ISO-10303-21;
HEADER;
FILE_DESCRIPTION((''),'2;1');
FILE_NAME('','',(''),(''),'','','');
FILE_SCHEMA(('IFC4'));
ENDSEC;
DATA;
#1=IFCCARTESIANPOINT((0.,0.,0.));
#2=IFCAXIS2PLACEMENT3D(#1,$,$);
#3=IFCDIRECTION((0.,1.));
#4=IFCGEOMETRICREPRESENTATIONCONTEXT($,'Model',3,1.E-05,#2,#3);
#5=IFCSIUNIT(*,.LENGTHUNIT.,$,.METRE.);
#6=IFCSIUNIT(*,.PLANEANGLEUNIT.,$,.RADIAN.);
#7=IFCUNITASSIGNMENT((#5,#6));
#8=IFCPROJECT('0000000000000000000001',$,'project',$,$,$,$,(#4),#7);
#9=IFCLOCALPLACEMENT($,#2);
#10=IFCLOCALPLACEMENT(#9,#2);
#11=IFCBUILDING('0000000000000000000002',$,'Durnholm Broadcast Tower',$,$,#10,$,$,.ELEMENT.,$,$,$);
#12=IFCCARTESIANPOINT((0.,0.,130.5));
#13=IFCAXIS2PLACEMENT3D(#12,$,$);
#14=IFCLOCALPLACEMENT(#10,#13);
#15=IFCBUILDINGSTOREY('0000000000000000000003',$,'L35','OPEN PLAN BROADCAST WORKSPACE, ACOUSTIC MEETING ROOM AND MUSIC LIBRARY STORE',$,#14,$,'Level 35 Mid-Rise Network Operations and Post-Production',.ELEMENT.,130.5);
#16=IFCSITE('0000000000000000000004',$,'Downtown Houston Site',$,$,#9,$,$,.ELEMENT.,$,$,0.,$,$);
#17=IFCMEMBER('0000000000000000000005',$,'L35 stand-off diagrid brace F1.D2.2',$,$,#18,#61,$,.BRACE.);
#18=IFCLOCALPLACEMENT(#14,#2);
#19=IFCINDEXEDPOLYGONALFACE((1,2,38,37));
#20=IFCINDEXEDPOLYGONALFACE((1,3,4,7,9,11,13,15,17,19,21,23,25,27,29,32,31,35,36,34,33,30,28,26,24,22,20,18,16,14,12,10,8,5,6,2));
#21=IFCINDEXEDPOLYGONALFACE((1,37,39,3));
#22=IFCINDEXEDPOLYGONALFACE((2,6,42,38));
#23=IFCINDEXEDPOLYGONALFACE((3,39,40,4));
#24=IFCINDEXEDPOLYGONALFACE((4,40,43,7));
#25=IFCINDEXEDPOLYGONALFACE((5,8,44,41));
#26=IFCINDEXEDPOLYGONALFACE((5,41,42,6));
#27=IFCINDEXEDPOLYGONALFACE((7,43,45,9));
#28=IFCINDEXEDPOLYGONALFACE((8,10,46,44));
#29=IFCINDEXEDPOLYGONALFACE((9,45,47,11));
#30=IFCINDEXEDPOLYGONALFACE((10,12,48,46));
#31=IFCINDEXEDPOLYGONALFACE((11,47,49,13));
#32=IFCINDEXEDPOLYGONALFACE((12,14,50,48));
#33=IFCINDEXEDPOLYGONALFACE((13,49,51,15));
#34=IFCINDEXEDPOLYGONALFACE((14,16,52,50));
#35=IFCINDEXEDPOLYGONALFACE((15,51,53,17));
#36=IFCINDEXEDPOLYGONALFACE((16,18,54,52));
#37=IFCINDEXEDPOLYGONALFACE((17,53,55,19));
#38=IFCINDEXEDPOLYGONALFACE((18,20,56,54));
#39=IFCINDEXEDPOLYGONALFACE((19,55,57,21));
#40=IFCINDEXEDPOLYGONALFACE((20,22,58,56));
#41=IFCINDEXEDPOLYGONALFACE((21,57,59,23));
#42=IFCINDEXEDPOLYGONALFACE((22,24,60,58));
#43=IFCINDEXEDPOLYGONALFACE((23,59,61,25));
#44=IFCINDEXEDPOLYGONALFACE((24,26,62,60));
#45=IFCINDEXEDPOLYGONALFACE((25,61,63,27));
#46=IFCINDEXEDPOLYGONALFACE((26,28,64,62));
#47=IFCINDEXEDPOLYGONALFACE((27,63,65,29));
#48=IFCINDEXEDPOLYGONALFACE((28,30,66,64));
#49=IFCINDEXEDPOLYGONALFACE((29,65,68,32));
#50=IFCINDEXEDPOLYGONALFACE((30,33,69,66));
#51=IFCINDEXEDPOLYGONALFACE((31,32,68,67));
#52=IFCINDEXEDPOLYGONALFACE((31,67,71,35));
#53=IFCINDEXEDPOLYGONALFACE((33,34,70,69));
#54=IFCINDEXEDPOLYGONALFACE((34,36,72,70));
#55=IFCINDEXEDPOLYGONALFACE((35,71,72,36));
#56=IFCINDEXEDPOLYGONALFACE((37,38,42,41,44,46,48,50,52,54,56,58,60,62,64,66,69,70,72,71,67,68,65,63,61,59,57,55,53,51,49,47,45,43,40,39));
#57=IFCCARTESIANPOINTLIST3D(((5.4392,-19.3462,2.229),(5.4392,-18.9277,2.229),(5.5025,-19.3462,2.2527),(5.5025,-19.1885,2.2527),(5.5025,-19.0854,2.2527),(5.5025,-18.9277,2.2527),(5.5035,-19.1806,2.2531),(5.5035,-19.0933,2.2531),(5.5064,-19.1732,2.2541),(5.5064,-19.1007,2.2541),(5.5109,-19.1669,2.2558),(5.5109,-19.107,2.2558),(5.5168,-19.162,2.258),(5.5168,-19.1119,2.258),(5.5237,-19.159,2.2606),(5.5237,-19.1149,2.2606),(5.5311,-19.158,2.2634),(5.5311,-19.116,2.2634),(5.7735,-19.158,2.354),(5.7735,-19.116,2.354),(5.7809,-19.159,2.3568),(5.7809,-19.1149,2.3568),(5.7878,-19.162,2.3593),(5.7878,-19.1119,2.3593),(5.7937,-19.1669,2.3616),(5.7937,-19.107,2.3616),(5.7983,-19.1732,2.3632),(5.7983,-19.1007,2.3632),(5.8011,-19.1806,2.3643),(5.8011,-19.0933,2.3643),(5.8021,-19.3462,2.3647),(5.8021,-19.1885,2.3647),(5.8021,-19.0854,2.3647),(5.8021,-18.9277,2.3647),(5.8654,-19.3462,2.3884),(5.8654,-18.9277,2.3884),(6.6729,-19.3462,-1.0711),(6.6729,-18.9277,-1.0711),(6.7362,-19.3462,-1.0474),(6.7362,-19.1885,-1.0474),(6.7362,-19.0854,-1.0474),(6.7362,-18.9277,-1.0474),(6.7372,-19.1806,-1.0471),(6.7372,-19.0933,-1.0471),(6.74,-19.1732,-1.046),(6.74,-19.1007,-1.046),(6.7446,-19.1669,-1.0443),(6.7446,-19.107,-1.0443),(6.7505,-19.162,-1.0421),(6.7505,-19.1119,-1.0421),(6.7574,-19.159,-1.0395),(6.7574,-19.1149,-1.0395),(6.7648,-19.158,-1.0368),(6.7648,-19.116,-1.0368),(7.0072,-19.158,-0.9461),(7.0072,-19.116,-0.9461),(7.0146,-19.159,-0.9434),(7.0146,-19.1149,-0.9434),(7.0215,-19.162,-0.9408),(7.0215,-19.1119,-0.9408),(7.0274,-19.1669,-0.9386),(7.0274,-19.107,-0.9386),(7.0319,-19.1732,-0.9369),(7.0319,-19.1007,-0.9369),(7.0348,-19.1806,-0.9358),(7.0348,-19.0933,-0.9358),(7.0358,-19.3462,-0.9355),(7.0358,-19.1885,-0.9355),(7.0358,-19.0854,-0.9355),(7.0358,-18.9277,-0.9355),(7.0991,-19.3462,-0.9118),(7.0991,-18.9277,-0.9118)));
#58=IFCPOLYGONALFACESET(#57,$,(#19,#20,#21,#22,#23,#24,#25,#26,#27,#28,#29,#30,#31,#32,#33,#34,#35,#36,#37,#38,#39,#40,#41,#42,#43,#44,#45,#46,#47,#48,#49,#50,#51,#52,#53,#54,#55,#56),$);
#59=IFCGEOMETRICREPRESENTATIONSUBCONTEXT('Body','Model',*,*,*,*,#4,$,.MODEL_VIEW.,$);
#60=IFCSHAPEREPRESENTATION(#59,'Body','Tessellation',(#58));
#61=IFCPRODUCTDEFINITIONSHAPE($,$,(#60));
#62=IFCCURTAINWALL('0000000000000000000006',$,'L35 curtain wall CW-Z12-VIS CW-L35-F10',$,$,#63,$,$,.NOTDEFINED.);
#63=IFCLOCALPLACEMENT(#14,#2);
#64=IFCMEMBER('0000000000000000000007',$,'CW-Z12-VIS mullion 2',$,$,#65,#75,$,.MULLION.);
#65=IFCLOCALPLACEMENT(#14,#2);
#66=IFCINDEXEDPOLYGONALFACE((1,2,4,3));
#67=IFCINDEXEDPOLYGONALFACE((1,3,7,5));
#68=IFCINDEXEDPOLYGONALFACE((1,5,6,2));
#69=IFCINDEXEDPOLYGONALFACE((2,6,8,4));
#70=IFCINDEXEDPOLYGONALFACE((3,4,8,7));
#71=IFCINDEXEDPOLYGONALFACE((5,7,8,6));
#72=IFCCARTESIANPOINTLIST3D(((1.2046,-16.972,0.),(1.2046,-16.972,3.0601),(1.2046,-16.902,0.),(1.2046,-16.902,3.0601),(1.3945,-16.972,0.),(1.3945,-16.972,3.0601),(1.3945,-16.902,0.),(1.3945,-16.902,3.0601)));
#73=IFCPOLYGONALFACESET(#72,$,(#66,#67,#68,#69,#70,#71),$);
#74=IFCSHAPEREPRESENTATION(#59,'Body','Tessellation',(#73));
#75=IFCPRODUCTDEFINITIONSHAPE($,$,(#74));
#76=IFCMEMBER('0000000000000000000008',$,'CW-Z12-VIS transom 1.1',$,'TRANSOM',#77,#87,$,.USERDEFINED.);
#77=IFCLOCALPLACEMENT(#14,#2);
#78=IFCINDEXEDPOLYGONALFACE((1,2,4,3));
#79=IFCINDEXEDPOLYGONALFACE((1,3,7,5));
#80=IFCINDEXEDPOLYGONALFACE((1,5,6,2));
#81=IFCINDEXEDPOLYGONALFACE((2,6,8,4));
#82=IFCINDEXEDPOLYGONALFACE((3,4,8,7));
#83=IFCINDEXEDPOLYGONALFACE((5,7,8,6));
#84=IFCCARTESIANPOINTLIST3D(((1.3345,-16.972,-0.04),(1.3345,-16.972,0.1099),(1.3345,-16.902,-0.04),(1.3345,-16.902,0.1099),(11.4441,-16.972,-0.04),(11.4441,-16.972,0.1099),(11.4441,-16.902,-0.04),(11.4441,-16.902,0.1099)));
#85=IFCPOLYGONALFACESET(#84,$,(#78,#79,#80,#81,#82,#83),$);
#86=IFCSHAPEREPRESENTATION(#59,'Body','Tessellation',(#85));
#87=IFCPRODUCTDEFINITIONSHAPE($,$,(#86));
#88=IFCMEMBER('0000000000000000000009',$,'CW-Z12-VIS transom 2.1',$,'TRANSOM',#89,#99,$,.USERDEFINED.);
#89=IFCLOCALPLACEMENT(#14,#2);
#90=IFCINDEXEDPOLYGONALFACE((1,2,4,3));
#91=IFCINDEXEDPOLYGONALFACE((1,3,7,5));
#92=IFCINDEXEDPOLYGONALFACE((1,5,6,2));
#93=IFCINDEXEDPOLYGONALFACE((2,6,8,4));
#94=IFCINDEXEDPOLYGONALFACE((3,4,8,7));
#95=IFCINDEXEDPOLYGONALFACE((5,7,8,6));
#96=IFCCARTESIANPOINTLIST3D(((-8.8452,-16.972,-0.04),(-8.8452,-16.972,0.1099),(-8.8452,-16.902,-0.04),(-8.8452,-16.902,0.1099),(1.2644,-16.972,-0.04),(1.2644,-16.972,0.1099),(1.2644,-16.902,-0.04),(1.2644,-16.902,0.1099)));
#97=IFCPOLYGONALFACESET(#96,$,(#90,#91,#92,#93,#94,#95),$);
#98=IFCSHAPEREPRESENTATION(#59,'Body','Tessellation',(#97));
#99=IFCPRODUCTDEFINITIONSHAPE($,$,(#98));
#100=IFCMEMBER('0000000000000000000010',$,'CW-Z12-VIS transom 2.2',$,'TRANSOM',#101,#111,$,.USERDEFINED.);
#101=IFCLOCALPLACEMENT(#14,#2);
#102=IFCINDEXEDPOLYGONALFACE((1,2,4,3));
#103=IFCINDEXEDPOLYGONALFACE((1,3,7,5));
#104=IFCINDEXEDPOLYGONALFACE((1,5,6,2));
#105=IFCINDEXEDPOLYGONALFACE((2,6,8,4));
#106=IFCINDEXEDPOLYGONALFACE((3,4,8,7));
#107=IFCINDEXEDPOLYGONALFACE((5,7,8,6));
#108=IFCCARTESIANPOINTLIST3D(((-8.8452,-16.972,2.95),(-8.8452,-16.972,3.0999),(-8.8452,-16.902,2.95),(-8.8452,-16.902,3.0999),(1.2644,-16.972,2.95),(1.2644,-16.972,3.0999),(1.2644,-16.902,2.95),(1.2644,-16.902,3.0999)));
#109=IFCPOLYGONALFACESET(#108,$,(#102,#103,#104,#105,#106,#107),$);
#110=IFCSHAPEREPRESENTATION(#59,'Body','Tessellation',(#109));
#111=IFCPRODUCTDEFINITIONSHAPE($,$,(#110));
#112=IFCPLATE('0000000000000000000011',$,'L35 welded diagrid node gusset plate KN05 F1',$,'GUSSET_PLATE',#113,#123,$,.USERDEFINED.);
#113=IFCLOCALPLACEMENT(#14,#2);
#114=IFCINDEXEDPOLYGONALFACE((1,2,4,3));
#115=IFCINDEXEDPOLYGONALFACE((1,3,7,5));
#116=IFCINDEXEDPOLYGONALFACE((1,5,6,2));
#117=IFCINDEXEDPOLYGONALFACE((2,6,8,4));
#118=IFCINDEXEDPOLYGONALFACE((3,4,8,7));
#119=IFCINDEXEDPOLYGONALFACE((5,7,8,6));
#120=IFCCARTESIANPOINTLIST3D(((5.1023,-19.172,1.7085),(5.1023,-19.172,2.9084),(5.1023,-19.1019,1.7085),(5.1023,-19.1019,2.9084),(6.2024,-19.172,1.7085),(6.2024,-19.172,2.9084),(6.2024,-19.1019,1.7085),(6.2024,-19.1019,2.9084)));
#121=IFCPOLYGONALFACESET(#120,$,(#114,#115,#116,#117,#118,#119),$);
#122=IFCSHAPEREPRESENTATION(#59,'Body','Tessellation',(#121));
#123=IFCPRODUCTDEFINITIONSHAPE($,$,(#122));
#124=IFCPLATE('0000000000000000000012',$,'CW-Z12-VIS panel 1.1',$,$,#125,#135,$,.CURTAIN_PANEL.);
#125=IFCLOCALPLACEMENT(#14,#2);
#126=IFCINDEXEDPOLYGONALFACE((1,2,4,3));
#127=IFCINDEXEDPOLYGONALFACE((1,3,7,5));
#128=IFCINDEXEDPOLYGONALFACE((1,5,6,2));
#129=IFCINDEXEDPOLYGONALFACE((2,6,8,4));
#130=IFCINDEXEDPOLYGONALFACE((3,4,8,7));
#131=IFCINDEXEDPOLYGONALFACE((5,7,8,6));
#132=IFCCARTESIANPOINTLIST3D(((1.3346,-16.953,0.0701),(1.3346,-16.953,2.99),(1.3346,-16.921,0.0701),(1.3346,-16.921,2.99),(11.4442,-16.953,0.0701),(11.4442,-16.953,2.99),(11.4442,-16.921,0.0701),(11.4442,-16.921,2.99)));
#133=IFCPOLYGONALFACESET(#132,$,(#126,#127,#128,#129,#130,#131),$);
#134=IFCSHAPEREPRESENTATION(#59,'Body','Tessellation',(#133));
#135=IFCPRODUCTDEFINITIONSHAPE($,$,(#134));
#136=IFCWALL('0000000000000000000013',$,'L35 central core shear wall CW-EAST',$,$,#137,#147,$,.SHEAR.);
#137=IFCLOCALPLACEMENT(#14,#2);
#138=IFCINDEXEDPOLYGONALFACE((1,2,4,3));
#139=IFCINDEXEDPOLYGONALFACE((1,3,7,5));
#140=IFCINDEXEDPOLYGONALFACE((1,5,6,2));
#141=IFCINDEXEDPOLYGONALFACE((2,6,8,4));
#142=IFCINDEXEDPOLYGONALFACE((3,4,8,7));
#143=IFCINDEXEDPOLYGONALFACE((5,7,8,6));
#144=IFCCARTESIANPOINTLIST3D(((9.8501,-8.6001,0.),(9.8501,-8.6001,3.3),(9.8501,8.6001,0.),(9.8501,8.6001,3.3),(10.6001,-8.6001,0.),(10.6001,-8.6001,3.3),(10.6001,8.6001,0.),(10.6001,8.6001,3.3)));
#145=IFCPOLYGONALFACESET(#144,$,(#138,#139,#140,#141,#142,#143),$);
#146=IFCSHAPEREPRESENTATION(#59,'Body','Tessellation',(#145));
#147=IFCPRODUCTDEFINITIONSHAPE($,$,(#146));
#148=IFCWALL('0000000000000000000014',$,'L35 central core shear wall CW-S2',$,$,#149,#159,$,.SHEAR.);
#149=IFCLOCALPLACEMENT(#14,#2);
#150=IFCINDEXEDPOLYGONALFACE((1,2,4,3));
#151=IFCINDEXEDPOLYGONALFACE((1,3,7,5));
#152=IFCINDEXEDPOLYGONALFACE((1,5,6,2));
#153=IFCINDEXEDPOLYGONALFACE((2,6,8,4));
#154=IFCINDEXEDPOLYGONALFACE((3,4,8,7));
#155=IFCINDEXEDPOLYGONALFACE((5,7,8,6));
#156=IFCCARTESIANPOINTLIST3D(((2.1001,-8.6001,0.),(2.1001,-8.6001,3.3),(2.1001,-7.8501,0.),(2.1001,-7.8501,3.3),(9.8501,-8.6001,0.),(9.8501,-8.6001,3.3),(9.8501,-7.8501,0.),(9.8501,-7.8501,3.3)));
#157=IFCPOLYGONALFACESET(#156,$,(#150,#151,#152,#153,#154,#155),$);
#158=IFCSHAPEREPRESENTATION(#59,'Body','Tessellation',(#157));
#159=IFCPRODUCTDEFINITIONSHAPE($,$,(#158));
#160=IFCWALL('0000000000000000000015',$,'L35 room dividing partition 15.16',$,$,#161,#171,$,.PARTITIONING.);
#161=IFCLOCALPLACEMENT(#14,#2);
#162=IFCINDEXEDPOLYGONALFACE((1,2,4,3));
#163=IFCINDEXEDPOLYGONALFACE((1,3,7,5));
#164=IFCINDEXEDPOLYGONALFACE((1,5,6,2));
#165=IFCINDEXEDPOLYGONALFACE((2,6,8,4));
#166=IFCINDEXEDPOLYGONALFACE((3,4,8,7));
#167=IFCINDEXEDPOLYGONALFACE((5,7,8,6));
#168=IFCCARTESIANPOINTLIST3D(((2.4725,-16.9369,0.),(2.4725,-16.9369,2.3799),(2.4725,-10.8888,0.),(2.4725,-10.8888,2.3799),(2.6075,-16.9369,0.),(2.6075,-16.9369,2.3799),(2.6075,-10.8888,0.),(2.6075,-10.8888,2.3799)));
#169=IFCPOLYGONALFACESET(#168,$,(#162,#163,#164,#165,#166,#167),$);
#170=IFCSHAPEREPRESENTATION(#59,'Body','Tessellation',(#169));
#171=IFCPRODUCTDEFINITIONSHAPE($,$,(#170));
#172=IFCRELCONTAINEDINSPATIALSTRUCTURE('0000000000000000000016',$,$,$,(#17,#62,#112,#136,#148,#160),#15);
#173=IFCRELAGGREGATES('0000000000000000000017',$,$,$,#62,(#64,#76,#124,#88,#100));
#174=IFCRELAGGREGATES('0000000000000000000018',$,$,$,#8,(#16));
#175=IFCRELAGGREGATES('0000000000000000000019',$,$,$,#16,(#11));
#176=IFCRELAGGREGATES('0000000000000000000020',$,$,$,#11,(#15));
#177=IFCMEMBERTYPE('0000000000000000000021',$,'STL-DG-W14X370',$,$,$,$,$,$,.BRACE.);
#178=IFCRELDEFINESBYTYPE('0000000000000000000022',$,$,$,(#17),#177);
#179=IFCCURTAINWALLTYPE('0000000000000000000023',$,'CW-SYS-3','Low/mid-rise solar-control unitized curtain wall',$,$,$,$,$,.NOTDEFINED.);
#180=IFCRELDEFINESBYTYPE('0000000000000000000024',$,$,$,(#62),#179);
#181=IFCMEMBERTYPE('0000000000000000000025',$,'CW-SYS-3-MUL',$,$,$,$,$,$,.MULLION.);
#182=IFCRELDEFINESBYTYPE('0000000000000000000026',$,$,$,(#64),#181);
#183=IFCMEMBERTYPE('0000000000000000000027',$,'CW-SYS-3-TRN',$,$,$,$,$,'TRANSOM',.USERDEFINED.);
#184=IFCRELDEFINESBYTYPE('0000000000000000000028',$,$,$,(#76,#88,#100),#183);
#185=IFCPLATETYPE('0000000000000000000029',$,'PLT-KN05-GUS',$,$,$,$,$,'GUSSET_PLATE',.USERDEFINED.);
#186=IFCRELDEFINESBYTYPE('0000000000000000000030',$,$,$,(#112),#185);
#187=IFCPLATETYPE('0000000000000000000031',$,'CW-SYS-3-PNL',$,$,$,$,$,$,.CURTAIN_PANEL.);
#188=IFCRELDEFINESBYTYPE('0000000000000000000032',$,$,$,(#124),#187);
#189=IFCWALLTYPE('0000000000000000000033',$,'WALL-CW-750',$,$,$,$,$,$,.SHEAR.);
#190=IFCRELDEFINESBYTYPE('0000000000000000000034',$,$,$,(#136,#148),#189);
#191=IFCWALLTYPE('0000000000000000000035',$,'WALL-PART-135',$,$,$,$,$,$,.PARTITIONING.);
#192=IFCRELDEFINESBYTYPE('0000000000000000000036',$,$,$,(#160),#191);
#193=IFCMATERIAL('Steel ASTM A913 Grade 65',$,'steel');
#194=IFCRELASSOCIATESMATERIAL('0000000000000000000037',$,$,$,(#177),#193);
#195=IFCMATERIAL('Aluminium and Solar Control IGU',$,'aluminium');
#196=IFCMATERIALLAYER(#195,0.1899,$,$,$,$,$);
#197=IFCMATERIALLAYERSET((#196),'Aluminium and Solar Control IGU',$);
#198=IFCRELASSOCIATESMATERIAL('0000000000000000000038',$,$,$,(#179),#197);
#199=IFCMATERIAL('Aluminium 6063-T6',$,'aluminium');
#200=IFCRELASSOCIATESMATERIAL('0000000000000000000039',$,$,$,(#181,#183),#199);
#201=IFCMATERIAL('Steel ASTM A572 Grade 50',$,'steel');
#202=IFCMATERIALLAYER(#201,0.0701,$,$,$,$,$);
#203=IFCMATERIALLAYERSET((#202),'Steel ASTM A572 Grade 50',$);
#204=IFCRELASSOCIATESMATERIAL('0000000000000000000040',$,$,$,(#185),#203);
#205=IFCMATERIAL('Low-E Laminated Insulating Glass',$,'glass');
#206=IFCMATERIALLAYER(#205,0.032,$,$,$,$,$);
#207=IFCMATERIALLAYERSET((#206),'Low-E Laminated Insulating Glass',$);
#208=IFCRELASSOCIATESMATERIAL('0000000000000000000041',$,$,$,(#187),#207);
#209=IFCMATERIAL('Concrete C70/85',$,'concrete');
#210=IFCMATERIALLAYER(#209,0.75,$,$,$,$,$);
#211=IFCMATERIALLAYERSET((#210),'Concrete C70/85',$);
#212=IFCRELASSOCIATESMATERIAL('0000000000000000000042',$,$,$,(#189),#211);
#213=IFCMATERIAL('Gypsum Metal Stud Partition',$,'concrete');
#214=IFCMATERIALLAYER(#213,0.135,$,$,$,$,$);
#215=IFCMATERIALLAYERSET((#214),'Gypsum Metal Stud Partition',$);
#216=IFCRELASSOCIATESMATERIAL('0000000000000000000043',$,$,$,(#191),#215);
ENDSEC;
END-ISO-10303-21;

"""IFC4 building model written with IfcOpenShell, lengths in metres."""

from ifc_helpers import new_model, si_unit, direction, frame, frame_2d, origin, origin_2d, place, context, subcontext, project, spatial, rectangle, i_section, extrude, source, transform, mapped, material, layer, layer_set, material_profile, profile_set, type_object, type_shapes, element, aggregate, save


model = new_model("IFC4")

# Units and contexts
model_context = context("Model", 3, precision=1e-05, world=origin(), true_north=direction((0.0, 1.0)))
body_context = subcontext(model_context, "Body", "Model", "MODEL_VIEW")
ifc_project = project(units=[si_unit("LENGTHUNIT", "METRE"), si_unit("PLANEANGLEUNIT", "RADIAN")], contexts=[model_context])

# Site, building, storey
site_placement = place(None, origin())
site = spatial("IfcSite", under=ifc_project, at=site_placement, Name="Downtown Houston Site", CompositionType="ELEMENT", RefElevation=0.0)
building_placement = place(site_placement, origin())
building = spatial("IfcBuilding", under=site, at=building_placement, Name="Durnholm Broadcast Tower", CompositionType="ELEMENT")
storey_placement = place(building_placement, frame((0.0, 0.0, 130.5)))
storey = spatial("IfcBuildingStorey", under=building, at=storey_placement, Name="L35", Description="OPEN PLAN BROADCAST WORKSPACE, ACOUSTIC MEETING ROOM AND MUSIC LIBRARY STORE", LongName="Level 35 Mid-Rise Network Operations and Post-Production", CompositionType="ELEMENT", Elevation=130.5)

# Shared definitions
ifc_material_1 = material(Name="Concrete C70/85", Category="concrete")

# Member
ifc_material_2 = material(Name="Steel ASTM A913 Grade 65", Category="steel")
ifc_material_profile_1 = material_profile(ifc_material_2, i_section(OverallWidth=0.4185, OverallDepth=0.4551, WebThickness=0.042, FlangeThickness=0.0676, FilletRadius=0.0305, at=origin_2d()), Name="W14X370")
ifc_profile_set_1 = profile_set([ifc_material_profile_1], Name="Steel ASTM A913 Grade 65")
member_type_1 = type_object("IfcMemberType", Name="STL-DG-W14X370", PredefinedType="BRACE", material=ifc_profile_set_1)
shared_shape_1 = source(origin(), body_context, "Body", "SweptSolid", [
    extrude(i_section(OverallWidth=0.4185, OverallDepth=0.4551, WebThickness=0.042, FlangeThickness=0.0676, FilletRadius=0.0305, at=origin_2d()), origin(), (0.0, 0.0, 1.0), 3.5232),
])
type_shapes(member_type_1, [shared_shape_1])
for number, where, z_axis, x_axis, name in (
    (1, (6.886, -19.137, -0.9915), (-0.350159, 0.0, 0.93669), (0.0, -1.0, 0.0), "L35 stand-off diagrid brace F1.D2.2"),
):
    element("IfcMember", number, at=place(storey_placement, frame(where, z_axis=z_axis, x_axis=x_axis)), inside=storey, type_object=member_type_1, Name=name, PredefinedType="BRACE", context=body_context, shape_type="MappedRepresentation", body=[
        mapped(shared_shape_1, transform((0.0, 0.0, 0.0), x_axis=(1.0, 0.0, 0.0), y_axis=(0.0, 1.0, 0.0), z_axis=(0.0, 0.0, 1.0), scale=1.0)),
    ])

# Curtain wall, members
ifc_material_3 = material(Name="Aluminium and Solar Control IGU", Category="aluminium")
ifc_layer_1 = layer(ifc_material_3, 0.1899)
ifc_layer_set_1 = layer_set([ifc_layer_1], Name="Aluminium and Solar Control IGU")
curtain_wall_type = type_object("IfcCurtainWallType", Name="CW-SYS-3", Description="Low/mid-rise solar-control unitized curtain wall", PredefinedType="NOTDEFINED", material=ifc_layer_set_1)
curtain_wall_placement = place(storey_placement, origin())
curtain_wall = element("IfcCurtainWall", 2, at=curtain_wall_placement, inside=storey, type_object=curtain_wall_type, Name="L35 curtain wall CW-Z12-VIS CW-L35-F10", PredefinedType="NOTDEFINED")
ifc_material_4 = material(Name="Aluminium 6063-T6", Category="aluminium")
ifc_material_profile_2 = material_profile(ifc_material_4, rectangle(XDim=0.0701, YDim=0.1899, at=origin_2d()), Name="CWM70X190")
ifc_profile_set_2 = profile_set([ifc_material_profile_2], Name="Aluminium 6063-T6")
member_type_2 = type_object("IfcMemberType", Name="CW-SYS-3-MUL", PredefinedType="MULLION", material=ifc_profile_set_2)
shared_shape_2 = source(origin(), body_context, "Body", "SweptSolid", [
    extrude(rectangle(XDim=0.0701, YDim=0.1899, at=origin_2d()), origin(), (0.0, 0.0, 1.0), 3.0601),
])
type_shapes(member_type_2, [shared_shape_2])
member_1_placement = place(storey_placement, frame((1.2996, -16.937, 0.0), z_axis=(0.0, 0.0, 1.0), x_axis=(0.0, -1.0, 0.0)))
member_1 = element("IfcMember", 3, at=member_1_placement, type_object=member_type_2, Name="CW-Z12-VIS mullion 2", PredefinedType="MULLION", context=body_context, shape_type="MappedRepresentation", body=[
    mapped(shared_shape_2, transform((0.0, 0.0, 0.0), x_axis=(1.0, 0.0, 0.0), y_axis=(0.0, 1.0, 0.0), z_axis=(0.0, 0.0, 1.0), scale=1.0)),
])
ifc_material_profile_3 = material_profile(ifc_material_4, rectangle(XDim=0.0701, YDim=0.1499, at=origin_2d()), Name="CWT70X150")
ifc_profile_set_3 = profile_set([ifc_material_profile_3], Name="Aluminium 6063-T6")
member_type_3 = type_object("IfcMemberType", Name="CW-SYS-3-TRN", ElementType="TRANSOM", PredefinedType="USERDEFINED", material=ifc_profile_set_3)
shared_shape_3 = source(origin(), body_context, "Body", "SweptSolid", [
    extrude(rectangle(XDim=0.0701, YDim=0.1499, at=origin_2d()), origin(), (0.0, 0.0, 1.0), 10.1096),
])
type_shapes(member_type_3, [shared_shape_3])
member_2_placement = place(storey_placement, frame((11.4441, -16.937, 0.0349), z_axis=(-1.0, 0.0, 0.0), x_axis=(0.0, -1.0, 0.0)))
member_2 = element("IfcMember", 4, at=member_2_placement, type_object=member_type_3, Name="CW-Z12-VIS transom 1.1", ObjectType="TRANSOM", PredefinedType="USERDEFINED", context=body_context, shape_type="MappedRepresentation", body=[
    mapped(shared_shape_3, transform((0.0, 0.0, 0.0), x_axis=(1.0, 0.0, 0.0), y_axis=(0.0, 1.0, 0.0), z_axis=(0.0, 0.0, 1.0), scale=1.0)),
])
member_3_placement = place(storey_placement, frame((1.2644, -16.937, 0.0349), z_axis=(-1.0, 0.0, 0.0), x_axis=(0.0, -1.0, 0.0)))
member_3 = element("IfcMember", 5, at=member_3_placement, type_object=member_type_3, Name="CW-Z12-VIS transom 2.1", ObjectType="TRANSOM", PredefinedType="USERDEFINED", context=body_context, shape_type="MappedRepresentation", body=[
    mapped(shared_shape_3, transform((0.0, 0.0, 0.0), x_axis=(1.0, 0.0, 0.0), y_axis=(0.0, 1.0, 0.0), z_axis=(0.0, 0.0, 1.0), scale=1.0)),
])
member_4_placement = place(storey_placement, frame((1.2644, -16.937, 3.0249), z_axis=(-1.0, 0.0, 0.0), x_axis=(0.0, -1.0, 0.0)))
member_4 = element("IfcMember", 6, at=member_4_placement, type_object=member_type_3, Name="CW-Z12-VIS transom 2.2", ObjectType="TRANSOM", PredefinedType="USERDEFINED", context=body_context, shape_type="MappedRepresentation", body=[
    mapped(shared_shape_3, transform((0.0, 0.0, 0.0), x_axis=(1.0, 0.0, 0.0), y_axis=(0.0, 1.0, 0.0), z_axis=(0.0, 0.0, 1.0), scale=1.0)),
])

# Plates
ifc_material_5 = material(Name="Steel ASTM A572 Grade 50", Category="steel")
ifc_layer_2 = layer(ifc_material_5, 0.0701)
ifc_layer_set_2 = layer_set([ifc_layer_2], Name="Steel ASTM A572 Grade 50")
plate_type_1 = type_object("IfcPlateType", Name="PLT-KN05-GUS", ElementType="GUSSET_PLATE", PredefinedType="USERDEFINED", material=ifc_layer_set_2)
shared_shape_4 = source(origin(), body_context, "Body", "SweptSolid", [
    extrude(rectangle(XDim=1.1001, YDim=0.0701, at=origin_2d()), origin(), (0.0, 0.0, 1.0), 1.2),
])
type_shapes(plate_type_1, [shared_shape_4])
plate_1_placement = place(storey_placement, frame((5.6523, -19.137, 1.7085), z_axis=(0.0, 0.0, 1.0), x_axis=(1.0, 0.0, 0.0)))
element("IfcPlate", 7, at=plate_1_placement, inside=storey, type_object=plate_type_1, Name="L35 welded diagrid node gusset plate KN05 F1", ObjectType="GUSSET_PLATE", PredefinedType="USERDEFINED", context=body_context, shape_type="MappedRepresentation", body=[
    mapped(shared_shape_4, transform((0.0, 0.0, 0.0), x_axis=(1.0, 0.0, 0.0), y_axis=(0.0, 1.0, 0.0), z_axis=(0.0, 0.0, 1.0), scale=1.0)),
])
ifc_material_6 = material(Name="Low-E Laminated Insulating Glass", Category="glass")
ifc_layer_3 = layer(ifc_material_6, 0.032)
ifc_layer_set_3 = layer_set([ifc_layer_3], Name="Low-E Laminated Insulating Glass")
plate_type_2 = type_object("IfcPlateType", Name="CW-SYS-3-PNL", PredefinedType="CURTAIN_PANEL", material=ifc_layer_set_3)
shared_shape_5 = source(origin(), body_context, "Body", "SweptSolid", [
    extrude(rectangle(XDim=10.1096, YDim=0.032, at=origin_2d()), origin(), (0.0, 0.0, 1.0), 2.9199),
])
type_shapes(plate_type_2, [shared_shape_5])
plate_2_placement = place(storey_placement, frame((6.3894, -16.937, 0.0701), z_axis=(0.0, 0.0, 1.0), x_axis=(-1.0, 0.0, 0.0)))
plate_2 = element("IfcPlate", 8, at=plate_2_placement, type_object=plate_type_2, Name="CW-Z12-VIS panel 1.1", PredefinedType="CURTAIN_PANEL", context=body_context, shape_type="MappedRepresentation", body=[
    mapped(shared_shape_5, transform((0.0, 0.0, 0.0), x_axis=(1.0, 0.0, 0.0), y_axis=(0.0, 1.0, 0.0), z_axis=(0.0, 0.0, 1.0), scale=1.0)),
])
aggregate(curtain_wall, [member_1, member_2, plate_2, member_3, member_4])

# Walls
ifc_layer_4 = layer(ifc_material_1, 0.75)
ifc_layer_set_4 = layer_set([ifc_layer_4], Name="Concrete C70/85")
wall_type_1 = type_object("IfcWallType", Name="WALL-CW-750", PredefinedType="SHEAR", material=ifc_layer_set_4)
wall_1_placement = place(storey_placement, frame((10.2251, -8.6001, 0.0), z_axis=(0.0, 0.0, 1.0), x_axis=(0.0, 1.0, 0.0)))
element("IfcWall", 9, at=wall_1_placement, inside=storey, type_object=wall_type_1, Name="L35 central core shear wall CW-EAST", PredefinedType="SHEAR", context=body_context, shape_type="SweptSolid", body=[
    extrude(rectangle(XDim=17.2002, YDim=0.75, at=frame_2d((8.6001, 0.0))), origin(), (0.0, 0.0, 1.0), 3.3),
])
wall_2_placement = place(storey_placement, frame((2.1001, -8.2251, 0.0), z_axis=(0.0, 0.0, 1.0), x_axis=(1.0, 0.0, 0.0)))
element("IfcWall", 10, at=wall_2_placement, inside=storey, type_object=wall_type_1, Name="L35 central core shear wall CW-S2", PredefinedType="SHEAR", context=body_context, shape_type="SweptSolid", body=[
    extrude(rectangle(XDim=7.75, YDim=0.75, at=frame_2d((3.875, 0.0))), origin(), (0.0, 0.0, 1.0), 3.3),
])
ifc_material_7 = material(Name="Gypsum Metal Stud Partition", Category="concrete")
ifc_layer_5 = layer(ifc_material_7, 0.135)
ifc_layer_set_5 = layer_set([ifc_layer_5], Name="Gypsum Metal Stud Partition")
wall_type_2 = type_object("IfcWallType", Name="WALL-PART-135", PredefinedType="PARTITIONING", material=ifc_layer_set_5)
wall_3_placement = place(storey_placement, frame((2.54, -10.8889, 0.0), z_axis=(0.0, 0.0, 1.0), x_axis=(0.0, -1.0, 0.0)))
element("IfcWall", 11, at=wall_3_placement, inside=storey, type_object=wall_type_2, Name="L35 room dividing partition 15.16", PredefinedType="PARTITIONING", context=body_context, shape_type="SweptSolid", body=[
    extrude(rectangle(XDim=6.0481, YDim=0.135, at=frame_2d((3.0239, 0.0))), origin(), (0.0, 0.0, 1.0), 2.3799),
])

save(model, "model.ifc")
